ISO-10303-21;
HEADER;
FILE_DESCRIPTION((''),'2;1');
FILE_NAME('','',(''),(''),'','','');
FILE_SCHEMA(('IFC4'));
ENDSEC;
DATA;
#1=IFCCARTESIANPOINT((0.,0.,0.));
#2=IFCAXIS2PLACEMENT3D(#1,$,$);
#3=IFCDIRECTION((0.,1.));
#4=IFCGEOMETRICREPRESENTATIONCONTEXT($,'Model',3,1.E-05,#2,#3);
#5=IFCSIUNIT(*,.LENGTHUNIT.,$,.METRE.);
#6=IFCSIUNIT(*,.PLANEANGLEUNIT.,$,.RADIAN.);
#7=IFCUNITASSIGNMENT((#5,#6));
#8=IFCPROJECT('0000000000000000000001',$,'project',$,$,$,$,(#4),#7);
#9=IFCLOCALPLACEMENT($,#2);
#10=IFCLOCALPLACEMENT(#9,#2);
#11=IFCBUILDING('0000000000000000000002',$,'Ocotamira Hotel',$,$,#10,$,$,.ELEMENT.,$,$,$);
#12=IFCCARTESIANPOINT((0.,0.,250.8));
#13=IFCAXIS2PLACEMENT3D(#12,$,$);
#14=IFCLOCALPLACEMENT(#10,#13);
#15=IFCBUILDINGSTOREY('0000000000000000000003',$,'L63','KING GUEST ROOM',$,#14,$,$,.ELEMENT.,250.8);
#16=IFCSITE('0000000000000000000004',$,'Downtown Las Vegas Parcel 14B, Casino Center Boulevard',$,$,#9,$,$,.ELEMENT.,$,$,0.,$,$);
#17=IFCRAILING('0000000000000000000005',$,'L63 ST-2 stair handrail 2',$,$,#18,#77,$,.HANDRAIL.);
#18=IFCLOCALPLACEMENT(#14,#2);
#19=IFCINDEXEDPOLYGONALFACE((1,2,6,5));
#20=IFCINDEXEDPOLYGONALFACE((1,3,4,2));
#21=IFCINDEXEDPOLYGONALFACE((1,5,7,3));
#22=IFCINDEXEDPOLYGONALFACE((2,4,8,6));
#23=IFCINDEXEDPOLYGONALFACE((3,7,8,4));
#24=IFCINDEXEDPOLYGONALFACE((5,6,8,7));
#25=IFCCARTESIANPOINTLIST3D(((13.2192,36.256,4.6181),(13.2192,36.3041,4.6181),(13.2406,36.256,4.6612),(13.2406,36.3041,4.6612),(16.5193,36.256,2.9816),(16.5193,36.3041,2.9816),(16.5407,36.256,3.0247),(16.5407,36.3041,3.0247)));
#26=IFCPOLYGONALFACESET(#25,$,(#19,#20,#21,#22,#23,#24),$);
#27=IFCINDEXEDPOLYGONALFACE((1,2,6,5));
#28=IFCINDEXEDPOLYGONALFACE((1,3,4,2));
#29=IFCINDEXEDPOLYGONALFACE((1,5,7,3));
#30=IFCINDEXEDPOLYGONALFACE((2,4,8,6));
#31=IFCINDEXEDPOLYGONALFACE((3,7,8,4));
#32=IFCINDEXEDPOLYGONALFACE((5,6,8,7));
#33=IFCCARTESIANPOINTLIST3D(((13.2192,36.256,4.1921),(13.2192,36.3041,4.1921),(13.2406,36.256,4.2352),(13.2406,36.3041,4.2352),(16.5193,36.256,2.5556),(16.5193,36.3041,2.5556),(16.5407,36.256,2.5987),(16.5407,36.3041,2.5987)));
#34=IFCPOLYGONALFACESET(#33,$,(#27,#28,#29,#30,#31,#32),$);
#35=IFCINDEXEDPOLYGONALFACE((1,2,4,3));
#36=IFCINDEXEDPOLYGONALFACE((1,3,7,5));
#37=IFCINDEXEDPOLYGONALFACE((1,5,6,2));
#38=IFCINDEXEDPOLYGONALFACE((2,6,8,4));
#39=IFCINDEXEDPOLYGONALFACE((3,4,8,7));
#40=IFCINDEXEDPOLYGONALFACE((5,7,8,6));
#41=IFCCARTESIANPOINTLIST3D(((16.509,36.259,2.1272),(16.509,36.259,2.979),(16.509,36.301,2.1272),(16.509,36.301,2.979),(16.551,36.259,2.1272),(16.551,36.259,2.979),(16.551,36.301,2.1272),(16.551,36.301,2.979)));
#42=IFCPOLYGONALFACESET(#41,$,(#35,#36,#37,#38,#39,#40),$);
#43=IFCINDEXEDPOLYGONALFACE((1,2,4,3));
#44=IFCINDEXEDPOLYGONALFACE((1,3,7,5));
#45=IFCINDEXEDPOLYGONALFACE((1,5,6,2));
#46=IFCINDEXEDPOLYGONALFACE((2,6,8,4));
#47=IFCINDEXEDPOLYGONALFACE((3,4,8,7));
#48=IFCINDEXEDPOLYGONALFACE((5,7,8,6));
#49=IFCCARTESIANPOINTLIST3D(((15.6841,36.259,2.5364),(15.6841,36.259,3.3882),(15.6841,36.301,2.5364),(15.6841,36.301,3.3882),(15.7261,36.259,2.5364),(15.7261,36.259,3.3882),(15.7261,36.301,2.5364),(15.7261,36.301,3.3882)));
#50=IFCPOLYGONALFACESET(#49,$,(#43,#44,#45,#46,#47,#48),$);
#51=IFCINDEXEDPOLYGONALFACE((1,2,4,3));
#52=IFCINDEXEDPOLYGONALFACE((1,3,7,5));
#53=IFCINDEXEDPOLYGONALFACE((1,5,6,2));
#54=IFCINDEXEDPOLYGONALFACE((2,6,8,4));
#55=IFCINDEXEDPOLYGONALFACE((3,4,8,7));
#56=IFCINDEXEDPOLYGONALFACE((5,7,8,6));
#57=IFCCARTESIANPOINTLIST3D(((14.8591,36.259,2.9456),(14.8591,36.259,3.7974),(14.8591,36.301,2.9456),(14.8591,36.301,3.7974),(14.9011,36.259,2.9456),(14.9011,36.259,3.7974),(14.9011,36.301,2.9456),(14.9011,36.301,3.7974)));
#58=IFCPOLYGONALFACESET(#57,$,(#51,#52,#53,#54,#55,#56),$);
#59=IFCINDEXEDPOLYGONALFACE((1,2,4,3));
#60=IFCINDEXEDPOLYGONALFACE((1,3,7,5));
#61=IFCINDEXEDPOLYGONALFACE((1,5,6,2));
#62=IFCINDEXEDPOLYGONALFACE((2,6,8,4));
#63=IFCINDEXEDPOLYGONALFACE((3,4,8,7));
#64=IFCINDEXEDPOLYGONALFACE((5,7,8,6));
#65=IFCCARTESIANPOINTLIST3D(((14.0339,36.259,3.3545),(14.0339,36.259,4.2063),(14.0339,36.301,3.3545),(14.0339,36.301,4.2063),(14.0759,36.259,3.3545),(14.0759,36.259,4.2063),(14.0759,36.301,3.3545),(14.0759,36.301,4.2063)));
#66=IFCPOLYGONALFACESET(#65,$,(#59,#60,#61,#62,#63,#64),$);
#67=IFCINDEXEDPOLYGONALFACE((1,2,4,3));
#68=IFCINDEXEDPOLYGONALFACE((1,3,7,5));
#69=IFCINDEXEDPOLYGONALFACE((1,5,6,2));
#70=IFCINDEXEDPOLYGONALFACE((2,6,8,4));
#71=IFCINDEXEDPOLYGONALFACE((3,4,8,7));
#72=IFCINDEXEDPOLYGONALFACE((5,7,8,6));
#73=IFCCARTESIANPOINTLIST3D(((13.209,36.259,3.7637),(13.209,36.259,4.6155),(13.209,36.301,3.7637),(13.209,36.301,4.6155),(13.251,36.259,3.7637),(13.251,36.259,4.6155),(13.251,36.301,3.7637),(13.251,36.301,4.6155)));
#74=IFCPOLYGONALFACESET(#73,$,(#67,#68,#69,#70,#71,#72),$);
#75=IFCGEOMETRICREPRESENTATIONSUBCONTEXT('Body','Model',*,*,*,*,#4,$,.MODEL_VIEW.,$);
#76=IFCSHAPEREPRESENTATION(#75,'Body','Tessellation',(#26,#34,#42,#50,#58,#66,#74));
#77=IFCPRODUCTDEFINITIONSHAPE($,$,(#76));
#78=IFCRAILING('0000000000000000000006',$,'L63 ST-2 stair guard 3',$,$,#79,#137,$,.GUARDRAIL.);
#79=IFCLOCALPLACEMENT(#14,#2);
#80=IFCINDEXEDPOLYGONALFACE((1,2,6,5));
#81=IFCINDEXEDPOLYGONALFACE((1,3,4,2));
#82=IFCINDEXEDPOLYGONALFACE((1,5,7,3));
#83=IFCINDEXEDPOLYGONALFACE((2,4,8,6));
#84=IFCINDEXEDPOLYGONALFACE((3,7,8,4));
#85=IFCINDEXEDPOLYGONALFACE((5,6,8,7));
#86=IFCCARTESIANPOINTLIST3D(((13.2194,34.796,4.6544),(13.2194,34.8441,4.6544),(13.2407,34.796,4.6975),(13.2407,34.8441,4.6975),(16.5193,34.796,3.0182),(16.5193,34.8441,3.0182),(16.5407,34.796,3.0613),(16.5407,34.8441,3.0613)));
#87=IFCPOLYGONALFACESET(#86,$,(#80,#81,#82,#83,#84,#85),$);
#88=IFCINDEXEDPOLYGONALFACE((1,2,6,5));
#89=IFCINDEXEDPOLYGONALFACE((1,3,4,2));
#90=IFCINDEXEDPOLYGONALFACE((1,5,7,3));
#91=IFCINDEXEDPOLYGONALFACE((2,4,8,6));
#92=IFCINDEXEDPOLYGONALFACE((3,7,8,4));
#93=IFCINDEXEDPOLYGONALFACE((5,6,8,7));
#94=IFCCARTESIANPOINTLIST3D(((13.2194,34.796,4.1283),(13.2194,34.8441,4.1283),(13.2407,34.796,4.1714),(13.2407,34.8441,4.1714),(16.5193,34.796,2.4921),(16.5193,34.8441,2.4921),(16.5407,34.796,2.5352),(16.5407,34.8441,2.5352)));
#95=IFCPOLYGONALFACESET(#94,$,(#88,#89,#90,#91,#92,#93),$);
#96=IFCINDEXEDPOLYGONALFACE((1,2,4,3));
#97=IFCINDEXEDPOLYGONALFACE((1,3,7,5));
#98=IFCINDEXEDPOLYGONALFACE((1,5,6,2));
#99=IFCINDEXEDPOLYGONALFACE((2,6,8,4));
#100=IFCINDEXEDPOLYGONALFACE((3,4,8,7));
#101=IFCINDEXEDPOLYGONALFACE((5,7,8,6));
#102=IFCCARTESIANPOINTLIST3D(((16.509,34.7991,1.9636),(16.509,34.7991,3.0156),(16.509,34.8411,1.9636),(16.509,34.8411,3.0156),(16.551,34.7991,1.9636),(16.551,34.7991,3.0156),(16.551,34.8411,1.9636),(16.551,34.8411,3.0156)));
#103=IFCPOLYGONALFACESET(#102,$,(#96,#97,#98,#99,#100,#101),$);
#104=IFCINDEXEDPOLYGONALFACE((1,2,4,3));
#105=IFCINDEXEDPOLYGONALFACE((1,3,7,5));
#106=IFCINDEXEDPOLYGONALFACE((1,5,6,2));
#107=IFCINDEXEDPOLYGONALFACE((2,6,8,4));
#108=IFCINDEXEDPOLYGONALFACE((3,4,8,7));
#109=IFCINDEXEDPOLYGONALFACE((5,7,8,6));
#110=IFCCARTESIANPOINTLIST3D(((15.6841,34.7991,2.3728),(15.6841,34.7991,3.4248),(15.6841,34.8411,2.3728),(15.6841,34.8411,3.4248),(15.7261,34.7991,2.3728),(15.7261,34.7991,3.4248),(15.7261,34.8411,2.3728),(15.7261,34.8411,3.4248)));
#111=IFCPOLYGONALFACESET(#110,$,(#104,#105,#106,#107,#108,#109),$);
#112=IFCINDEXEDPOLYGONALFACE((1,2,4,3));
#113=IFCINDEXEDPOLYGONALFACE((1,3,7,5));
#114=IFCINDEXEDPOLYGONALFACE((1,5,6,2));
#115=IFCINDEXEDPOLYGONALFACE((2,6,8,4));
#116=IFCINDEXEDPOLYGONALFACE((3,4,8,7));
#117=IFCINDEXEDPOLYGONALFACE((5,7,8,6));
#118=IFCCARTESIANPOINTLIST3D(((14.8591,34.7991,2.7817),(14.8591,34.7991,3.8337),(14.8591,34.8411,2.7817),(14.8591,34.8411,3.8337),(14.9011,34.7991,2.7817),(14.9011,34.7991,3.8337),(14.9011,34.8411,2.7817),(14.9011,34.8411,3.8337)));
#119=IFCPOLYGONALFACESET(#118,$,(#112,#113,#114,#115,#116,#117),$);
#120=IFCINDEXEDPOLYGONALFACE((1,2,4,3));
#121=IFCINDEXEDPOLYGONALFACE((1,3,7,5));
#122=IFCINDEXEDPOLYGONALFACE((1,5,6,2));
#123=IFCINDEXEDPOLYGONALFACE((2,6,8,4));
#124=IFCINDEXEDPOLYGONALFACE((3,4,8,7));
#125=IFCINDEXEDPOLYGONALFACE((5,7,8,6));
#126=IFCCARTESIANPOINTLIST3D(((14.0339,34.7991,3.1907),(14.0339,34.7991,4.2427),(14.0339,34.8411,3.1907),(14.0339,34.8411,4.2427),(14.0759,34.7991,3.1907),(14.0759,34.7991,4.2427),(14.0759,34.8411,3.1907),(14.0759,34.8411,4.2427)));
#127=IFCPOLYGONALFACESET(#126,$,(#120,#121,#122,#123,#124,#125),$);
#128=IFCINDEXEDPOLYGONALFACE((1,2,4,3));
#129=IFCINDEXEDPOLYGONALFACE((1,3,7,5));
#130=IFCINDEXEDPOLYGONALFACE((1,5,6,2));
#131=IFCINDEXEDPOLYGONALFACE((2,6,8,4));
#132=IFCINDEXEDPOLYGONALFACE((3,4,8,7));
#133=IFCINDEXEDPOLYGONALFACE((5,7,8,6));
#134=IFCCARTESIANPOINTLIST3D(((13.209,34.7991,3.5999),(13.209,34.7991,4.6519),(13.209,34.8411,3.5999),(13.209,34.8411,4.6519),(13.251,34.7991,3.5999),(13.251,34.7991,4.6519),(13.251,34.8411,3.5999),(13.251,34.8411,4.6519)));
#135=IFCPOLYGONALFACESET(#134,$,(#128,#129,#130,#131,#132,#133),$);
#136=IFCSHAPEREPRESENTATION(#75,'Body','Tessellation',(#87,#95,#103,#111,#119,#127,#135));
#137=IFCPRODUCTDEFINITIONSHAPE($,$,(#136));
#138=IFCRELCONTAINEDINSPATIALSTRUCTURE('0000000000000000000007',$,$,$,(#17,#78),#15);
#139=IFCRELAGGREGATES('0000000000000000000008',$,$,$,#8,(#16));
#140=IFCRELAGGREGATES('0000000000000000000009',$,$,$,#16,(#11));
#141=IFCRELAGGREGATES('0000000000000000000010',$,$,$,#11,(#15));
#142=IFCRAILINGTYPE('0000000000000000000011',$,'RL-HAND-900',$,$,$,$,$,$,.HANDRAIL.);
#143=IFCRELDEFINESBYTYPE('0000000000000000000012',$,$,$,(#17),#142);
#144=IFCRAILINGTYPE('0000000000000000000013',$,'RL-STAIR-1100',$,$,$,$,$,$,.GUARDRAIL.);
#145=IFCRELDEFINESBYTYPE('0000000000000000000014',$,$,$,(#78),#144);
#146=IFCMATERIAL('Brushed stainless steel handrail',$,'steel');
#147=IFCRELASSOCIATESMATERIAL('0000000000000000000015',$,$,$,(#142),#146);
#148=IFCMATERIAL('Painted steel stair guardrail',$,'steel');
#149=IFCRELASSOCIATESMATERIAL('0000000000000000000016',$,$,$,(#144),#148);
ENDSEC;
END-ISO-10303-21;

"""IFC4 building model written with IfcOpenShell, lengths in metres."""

from ifc_helpers import new_model, si_unit, direction, frame, origin, origin_2d, place, context, subcontext, project, spatial, rectangle, extrude, material, type_object, element, save


model = new_model("IFC4")

# Units and contexts
model_context = context("Model", 3, precision=1e-05, world=origin(), true_north=direction((0.0, 1.0)))
body_context = subcontext(model_context, "Body", "Model", "MODEL_VIEW")
ifc_project = project(units=[si_unit("LENGTHUNIT", "METRE"), si_unit("PLANEANGLEUNIT", "RADIAN")], contexts=[model_context])

# Site, building, storey
site_placement = place(None, origin())
site = spatial("IfcSite", under=ifc_project, at=site_placement, Name="Downtown Las Vegas Parcel 14B, Casino Center Boulevard", CompositionType="ELEMENT", RefElevation=0.0)
building_placement = place(site_placement, origin())
building = spatial("IfcBuilding", under=site, at=building_placement, Name="Ocotamira Hotel", CompositionType="ELEMENT")
storey_placement = place(building_placement, frame((0.0, 0.0, 250.8)))
storey = spatial("IfcBuildingStorey", under=building, at=storey_placement, Name="L63", Description="KING GUEST ROOM", CompositionType="ELEMENT", Elevation=250.8)

# Railings
ifc_material_1 = material(Name="Brushed stainless steel handrail", Category="steel")
railing_type_1 = type_object("IfcRailingType", Name="RL-HAND-900", PredefinedType="HANDRAIL", material=ifc_material_1)
railing_1_placement = place(storey_placement, frame((16.53, 36.28, 2.1272)))
element("IfcRailing", 1, at=railing_1_placement, inside=storey, type_object=railing_type_1, Name="L63 ST-2 stair handrail 2", PredefinedType="HANDRAIL", context=body_context, shape_type="SweptSolid", body=[
    extrude(rectangle(XDim=0.0481, YDim=0.0481, at=origin_2d()), frame((0.0, 0.0, 0.876), z_axis=(-0.895894, 0.0, 0.444268), x_axis=(0.0, -1.0, 0.0)), (0.0, 0.0, 1.0), 3.6836),
    extrude(rectangle(XDim=0.0481, YDim=0.0481, at=origin_2d()), frame((0.0, 0.0, 0.45), z_axis=(-0.895894, 0.0, 0.444268), x_axis=(0.0, -1.0, 0.0)), (0.0, 0.0, 1.0), 3.6836),
    extrude(rectangle(XDim=0.042, YDim=0.042, at=origin_2d()), origin(), (0.0, 0.0, 1.0), 0.8518),
    extrude(rectangle(XDim=0.042, YDim=0.042, at=origin_2d()), frame((-0.825, 0.0, 0.4092)), (0.0, 0.0, 1.0), 0.8518),
    extrude(rectangle(XDim=0.042, YDim=0.042, at=origin_2d()), frame((-1.6499, 0.0, 0.8184)), (0.0, 0.0, 1.0), 0.8518),
    extrude(rectangle(XDim=0.042, YDim=0.042, at=origin_2d()), frame((-2.4751, 0.0, 1.2273)), (0.0, 0.0, 1.0), 0.8518),
    extrude(rectangle(XDim=0.042, YDim=0.042, at=origin_2d()), frame((-3.3, 0.0, 1.6365)), (0.0, 0.0, 1.0), 0.8518),
])
ifc_material_2 = material(Name="Painted steel stair guardrail", Category="steel")
railing_type_2 = type_object("IfcRailingType", Name="RL-STAIR-1100", PredefinedType="GUARDRAIL", material=ifc_material_2)
railing_2_placement = place(storey_placement, frame((16.53, 34.8201, 1.9636)))
element("IfcRailing", 2, at=railing_2_placement, inside=storey, type_object=railing_type_2, Name="L63 ST-2 stair guard 3", PredefinedType="GUARDRAIL", context=body_context, shape_type="SweptSolid", body=[
    extrude(rectangle(XDim=0.0481, YDim=0.0481, at=origin_2d()), frame((0.0, 0.0, 1.0762), z_axis=(-0.89592, 0.0, 0.444215), x_axis=(0.0, -1.0, 0.0)), (0.0, 0.0, 1.0), 3.6833),
    extrude(rectangle(XDim=0.0481, YDim=0.0481, at=origin_2d()), frame((0.0, 0.0, 0.55), z_axis=(-0.89592, 0.0, 0.444215), x_axis=(0.0, -1.0, 0.0)), (0.0, 0.0, 1.0), 3.6833),
    extrude(rectangle(XDim=0.042, YDim=0.042, at=origin_2d()), origin(), (0.0, 0.0, 1.0), 1.052),
    extrude(rectangle(XDim=0.042, YDim=0.042, at=origin_2d()), frame((-0.825, 0.0, 0.4092)), (0.0, 0.0, 1.0), 1.052),
    extrude(rectangle(XDim=0.042, YDim=0.042, at=origin_2d()), frame((-1.6499, 0.0, 0.8181)), (0.0, 0.0, 1.0), 1.052),
    extrude(rectangle(XDim=0.042, YDim=0.042, at=origin_2d()), frame((-2.4751, 0.0, 1.2271)), (0.0, 0.0, 1.0), 1.052),
    extrude(rectangle(XDim=0.042, YDim=0.042, at=origin_2d()), frame((-3.3, 0.0, 1.6362)), (0.0, 0.0, 1.0), 1.052),
])

save(model, "model.ifc")
